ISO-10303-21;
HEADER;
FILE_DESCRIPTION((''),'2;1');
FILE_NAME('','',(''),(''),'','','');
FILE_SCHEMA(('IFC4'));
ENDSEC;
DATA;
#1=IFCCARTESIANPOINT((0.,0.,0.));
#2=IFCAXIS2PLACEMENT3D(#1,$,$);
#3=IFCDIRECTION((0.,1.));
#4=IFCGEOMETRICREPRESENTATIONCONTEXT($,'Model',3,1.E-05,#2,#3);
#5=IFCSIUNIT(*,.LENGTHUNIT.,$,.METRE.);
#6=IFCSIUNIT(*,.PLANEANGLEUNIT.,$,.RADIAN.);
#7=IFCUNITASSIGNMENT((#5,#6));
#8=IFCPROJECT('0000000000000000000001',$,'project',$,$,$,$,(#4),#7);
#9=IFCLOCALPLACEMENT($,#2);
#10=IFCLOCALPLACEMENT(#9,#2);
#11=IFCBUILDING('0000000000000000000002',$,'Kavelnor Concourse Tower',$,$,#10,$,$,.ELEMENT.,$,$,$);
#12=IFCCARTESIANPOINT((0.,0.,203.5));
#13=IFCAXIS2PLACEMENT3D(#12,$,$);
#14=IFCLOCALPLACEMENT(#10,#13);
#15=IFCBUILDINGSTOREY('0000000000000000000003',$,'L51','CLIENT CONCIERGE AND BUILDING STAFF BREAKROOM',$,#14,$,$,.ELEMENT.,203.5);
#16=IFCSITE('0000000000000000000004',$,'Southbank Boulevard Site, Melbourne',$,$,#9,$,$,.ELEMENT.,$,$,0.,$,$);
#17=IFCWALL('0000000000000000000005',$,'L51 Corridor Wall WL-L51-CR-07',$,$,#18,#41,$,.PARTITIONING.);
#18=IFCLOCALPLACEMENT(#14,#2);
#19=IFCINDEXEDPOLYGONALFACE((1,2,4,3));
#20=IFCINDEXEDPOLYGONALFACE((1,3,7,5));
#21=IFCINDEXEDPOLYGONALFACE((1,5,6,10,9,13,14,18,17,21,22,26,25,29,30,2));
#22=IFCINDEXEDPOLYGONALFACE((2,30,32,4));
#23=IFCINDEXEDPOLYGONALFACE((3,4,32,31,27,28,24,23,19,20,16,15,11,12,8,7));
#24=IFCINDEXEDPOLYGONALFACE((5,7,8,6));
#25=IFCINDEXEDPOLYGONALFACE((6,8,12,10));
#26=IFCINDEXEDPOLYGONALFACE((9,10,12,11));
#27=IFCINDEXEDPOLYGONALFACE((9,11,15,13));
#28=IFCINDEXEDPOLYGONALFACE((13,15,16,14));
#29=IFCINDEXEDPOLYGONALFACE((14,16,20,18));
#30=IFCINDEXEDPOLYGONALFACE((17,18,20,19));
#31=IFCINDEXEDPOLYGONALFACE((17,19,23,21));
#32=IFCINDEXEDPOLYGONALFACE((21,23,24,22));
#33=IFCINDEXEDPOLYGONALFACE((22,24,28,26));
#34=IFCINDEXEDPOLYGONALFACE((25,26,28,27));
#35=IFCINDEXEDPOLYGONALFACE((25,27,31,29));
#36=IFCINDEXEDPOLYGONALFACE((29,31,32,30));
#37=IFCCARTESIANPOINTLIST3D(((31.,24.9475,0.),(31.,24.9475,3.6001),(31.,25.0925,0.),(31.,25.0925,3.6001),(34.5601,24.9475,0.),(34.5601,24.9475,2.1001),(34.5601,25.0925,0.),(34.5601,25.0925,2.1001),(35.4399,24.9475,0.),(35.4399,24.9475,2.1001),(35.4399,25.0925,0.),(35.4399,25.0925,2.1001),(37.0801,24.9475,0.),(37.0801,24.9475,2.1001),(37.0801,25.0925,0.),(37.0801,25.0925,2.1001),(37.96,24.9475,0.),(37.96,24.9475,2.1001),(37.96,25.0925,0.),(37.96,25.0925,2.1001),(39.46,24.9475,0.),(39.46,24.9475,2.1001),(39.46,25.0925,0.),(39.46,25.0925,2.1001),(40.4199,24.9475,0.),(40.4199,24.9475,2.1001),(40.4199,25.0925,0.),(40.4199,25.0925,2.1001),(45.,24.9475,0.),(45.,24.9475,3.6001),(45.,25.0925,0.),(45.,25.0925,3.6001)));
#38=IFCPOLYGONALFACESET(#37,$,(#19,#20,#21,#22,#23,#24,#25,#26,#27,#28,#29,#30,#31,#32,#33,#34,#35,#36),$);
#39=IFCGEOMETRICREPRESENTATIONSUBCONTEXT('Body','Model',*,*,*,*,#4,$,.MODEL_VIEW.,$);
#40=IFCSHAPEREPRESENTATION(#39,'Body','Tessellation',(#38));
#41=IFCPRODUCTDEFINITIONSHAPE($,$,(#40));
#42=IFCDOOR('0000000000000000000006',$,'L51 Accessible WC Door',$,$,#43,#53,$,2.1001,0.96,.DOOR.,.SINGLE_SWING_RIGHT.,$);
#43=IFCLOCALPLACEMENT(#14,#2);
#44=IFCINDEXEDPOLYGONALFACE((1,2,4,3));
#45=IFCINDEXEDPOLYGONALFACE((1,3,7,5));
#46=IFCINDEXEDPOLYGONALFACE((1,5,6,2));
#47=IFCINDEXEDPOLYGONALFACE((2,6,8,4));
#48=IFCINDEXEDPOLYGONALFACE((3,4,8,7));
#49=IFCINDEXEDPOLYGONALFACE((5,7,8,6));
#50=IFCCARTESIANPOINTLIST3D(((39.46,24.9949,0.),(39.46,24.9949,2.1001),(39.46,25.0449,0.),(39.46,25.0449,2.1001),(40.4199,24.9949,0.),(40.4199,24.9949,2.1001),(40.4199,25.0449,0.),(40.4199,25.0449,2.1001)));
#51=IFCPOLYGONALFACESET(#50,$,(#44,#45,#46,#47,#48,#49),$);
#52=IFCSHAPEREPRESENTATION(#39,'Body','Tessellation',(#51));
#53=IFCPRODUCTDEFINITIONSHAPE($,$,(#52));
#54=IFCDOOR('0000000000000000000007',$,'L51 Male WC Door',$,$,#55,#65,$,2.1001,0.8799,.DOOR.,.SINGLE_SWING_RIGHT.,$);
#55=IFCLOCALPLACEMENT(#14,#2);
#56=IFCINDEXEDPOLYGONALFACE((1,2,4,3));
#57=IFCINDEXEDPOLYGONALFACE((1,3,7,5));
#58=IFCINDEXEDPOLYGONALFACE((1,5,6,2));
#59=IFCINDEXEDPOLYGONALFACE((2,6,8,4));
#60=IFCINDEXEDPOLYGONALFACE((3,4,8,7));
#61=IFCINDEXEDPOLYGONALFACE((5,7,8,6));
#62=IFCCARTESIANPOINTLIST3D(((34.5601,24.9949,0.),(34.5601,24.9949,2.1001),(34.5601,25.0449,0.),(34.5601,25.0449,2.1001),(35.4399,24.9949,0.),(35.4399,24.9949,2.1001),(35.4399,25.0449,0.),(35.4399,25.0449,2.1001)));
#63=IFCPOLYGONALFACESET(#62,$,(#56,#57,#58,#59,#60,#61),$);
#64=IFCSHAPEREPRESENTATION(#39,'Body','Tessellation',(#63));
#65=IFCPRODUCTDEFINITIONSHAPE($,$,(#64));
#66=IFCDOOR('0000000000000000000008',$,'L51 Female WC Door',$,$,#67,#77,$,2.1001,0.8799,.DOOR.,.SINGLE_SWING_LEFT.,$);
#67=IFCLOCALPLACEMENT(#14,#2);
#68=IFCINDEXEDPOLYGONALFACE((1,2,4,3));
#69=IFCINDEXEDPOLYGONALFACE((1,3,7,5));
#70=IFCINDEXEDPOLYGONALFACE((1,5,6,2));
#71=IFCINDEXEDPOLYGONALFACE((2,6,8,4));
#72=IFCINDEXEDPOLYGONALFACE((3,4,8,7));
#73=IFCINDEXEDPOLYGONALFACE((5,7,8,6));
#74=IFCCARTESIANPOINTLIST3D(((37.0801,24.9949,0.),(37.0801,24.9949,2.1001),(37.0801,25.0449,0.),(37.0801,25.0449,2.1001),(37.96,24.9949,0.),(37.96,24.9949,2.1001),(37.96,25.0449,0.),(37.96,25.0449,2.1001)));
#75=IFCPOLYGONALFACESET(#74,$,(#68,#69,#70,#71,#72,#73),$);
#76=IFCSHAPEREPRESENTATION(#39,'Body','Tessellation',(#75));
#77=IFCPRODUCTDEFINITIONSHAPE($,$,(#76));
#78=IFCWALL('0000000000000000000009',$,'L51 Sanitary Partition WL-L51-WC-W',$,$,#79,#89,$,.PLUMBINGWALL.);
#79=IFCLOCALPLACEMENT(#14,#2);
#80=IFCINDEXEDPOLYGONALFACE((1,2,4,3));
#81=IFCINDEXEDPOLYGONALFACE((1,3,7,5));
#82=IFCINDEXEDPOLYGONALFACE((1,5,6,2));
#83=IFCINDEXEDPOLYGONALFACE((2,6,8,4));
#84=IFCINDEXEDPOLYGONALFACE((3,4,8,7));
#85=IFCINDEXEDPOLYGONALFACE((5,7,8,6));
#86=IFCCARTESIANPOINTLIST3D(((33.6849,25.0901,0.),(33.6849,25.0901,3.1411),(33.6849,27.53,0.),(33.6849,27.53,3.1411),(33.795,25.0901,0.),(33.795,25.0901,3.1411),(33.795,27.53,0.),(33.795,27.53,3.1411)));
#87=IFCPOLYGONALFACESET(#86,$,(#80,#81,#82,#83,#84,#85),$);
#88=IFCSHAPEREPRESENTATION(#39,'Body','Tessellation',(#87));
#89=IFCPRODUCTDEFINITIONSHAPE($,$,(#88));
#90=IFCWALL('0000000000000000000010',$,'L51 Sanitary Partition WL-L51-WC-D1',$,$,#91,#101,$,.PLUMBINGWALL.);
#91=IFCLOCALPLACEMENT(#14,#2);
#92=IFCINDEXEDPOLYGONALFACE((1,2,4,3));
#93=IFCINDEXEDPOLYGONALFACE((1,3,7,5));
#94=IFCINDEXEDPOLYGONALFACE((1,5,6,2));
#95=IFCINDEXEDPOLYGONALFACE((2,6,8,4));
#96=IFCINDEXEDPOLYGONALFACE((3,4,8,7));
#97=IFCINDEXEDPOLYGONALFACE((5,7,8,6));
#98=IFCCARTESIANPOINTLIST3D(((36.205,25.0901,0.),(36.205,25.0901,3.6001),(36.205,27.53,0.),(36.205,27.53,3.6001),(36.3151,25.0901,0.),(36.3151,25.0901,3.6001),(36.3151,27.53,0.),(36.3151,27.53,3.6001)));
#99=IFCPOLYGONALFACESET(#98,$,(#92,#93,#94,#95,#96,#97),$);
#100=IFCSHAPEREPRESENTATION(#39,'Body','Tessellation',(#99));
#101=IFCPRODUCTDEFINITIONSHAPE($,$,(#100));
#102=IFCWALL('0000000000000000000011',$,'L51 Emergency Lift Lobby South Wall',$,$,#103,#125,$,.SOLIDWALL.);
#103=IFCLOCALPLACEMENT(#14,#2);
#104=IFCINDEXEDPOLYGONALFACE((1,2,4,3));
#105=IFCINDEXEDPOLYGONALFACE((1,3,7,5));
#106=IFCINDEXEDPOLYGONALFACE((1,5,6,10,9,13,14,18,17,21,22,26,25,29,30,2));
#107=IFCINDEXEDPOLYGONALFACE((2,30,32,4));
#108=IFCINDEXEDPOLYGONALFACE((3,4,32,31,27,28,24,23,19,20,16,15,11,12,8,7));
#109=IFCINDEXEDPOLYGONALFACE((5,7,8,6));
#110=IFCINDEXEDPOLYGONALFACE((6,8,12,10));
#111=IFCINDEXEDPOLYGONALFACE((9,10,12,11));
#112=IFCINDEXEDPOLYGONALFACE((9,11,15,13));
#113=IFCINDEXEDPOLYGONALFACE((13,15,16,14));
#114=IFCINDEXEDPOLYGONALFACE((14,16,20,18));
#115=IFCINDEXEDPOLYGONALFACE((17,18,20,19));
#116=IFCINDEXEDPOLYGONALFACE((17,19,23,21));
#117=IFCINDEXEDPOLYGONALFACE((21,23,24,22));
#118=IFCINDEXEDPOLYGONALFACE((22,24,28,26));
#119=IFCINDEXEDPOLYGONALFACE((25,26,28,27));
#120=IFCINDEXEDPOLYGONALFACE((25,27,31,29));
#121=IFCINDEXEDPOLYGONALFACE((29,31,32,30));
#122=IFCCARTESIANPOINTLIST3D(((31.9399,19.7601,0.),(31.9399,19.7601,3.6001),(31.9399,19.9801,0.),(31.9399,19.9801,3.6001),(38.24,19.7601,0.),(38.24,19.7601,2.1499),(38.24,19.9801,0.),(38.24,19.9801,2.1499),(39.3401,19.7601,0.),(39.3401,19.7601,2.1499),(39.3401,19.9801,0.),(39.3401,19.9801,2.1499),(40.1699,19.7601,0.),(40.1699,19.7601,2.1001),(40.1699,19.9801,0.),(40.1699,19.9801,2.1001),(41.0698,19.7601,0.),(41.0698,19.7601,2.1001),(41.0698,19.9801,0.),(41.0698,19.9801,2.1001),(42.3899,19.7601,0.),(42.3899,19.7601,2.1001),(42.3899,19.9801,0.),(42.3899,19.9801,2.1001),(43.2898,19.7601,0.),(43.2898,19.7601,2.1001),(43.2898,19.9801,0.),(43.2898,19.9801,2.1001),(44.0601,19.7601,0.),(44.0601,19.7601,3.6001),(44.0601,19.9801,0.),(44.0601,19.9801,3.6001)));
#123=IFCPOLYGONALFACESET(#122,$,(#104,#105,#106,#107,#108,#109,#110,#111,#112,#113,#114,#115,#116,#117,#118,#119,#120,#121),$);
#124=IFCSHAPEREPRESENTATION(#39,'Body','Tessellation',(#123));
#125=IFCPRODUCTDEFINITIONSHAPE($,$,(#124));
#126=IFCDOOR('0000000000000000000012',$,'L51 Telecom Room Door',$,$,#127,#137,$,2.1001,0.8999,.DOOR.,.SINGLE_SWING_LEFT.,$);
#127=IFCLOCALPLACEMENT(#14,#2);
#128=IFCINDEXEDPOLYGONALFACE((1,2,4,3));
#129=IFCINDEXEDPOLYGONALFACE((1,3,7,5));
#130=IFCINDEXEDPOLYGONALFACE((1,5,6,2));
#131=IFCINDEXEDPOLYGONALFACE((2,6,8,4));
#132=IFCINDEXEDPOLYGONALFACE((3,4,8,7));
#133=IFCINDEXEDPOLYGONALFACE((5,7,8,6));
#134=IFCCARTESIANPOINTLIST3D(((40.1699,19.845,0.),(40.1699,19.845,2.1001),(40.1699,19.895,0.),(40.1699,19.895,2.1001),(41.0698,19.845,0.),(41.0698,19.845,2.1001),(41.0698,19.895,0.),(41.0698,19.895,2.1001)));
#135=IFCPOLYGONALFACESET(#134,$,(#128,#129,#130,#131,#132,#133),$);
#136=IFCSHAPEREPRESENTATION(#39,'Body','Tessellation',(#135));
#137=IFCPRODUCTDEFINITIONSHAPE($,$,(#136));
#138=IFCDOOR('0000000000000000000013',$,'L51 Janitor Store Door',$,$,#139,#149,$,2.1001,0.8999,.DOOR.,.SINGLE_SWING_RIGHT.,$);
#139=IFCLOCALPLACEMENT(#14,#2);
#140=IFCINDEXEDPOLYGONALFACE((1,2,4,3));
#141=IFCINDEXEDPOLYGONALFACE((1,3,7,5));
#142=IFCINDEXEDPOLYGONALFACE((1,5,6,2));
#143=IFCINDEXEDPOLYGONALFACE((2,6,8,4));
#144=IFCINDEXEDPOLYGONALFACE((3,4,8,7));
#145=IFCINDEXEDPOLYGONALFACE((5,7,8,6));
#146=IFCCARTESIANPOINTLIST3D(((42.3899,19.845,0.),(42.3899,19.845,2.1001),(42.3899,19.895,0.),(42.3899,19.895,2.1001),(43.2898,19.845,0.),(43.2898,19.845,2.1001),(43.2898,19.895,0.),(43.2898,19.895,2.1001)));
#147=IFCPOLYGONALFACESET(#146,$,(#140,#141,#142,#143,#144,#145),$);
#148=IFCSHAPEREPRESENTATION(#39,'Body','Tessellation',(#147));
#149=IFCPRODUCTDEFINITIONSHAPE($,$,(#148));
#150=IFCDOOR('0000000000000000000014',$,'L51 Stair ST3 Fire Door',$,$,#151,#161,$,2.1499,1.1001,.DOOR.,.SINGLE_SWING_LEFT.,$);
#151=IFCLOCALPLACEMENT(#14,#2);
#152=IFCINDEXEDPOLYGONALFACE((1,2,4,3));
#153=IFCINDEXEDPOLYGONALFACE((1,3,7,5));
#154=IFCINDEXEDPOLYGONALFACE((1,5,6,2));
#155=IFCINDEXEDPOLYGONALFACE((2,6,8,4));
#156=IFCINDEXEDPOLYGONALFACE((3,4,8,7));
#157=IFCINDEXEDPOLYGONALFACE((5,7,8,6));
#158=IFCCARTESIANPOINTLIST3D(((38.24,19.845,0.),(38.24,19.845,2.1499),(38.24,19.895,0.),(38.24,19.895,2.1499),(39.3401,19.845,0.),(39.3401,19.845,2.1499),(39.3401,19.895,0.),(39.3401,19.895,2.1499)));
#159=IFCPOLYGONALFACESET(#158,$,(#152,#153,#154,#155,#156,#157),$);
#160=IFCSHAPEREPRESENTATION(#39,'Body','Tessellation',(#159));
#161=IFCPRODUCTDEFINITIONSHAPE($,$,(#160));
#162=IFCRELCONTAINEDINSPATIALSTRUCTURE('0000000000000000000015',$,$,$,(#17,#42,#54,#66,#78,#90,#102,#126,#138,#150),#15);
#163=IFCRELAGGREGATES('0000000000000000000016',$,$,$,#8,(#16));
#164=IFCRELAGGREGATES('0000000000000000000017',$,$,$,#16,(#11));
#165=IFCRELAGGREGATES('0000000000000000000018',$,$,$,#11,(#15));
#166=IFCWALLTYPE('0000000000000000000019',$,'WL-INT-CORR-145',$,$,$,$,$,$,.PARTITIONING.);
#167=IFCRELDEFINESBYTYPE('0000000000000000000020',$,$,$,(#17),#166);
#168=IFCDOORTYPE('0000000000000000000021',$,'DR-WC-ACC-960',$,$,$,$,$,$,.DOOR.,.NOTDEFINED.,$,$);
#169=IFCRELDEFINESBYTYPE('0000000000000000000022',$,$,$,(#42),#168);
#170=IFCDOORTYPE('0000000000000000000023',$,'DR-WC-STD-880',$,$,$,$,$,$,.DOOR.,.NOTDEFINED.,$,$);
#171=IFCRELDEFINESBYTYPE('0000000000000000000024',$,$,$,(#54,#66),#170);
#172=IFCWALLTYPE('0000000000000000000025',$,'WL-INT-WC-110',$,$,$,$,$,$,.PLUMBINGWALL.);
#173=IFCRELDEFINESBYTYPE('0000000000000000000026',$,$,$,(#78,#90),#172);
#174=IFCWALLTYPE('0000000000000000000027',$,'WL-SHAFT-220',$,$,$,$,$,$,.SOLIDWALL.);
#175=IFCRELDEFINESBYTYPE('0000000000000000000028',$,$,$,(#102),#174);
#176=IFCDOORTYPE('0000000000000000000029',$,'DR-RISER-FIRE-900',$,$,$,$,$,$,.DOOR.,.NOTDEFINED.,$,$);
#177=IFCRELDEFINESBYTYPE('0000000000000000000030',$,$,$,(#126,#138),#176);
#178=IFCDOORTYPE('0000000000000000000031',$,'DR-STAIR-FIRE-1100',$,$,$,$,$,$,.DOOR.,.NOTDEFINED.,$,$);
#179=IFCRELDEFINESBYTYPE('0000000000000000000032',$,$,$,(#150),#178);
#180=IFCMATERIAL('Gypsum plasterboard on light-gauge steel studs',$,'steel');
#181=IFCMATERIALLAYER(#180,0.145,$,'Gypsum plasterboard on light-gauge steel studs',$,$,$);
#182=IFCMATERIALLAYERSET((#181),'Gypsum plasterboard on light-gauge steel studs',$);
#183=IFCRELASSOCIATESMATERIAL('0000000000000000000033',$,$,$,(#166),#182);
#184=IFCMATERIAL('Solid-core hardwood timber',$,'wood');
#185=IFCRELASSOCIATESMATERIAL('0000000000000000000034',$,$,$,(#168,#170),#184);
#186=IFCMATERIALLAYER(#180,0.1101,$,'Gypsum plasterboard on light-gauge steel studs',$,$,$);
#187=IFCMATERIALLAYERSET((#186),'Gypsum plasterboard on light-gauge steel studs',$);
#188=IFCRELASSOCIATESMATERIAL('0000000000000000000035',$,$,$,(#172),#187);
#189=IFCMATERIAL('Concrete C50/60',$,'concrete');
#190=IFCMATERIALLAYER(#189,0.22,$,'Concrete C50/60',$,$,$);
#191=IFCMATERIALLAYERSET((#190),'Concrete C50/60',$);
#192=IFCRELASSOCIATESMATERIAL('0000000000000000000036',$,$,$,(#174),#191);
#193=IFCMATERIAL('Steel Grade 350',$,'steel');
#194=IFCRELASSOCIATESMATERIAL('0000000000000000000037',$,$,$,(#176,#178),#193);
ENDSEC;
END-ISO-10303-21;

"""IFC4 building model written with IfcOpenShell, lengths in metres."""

from ifc_helpers import new_model, si_unit, direction, frame, frame_2d, origin, place, context, subcontext, project, spatial, rectangle, extrude, material, layer, layer_set, type_object, element, fill, save


model = new_model("IFC4")

# Units and contexts
model_context = context("Model", 3, precision=1e-05, world=origin(), true_north=direction((0.0, 1.0)))
body_context = subcontext(model_context, "Body", "Model", "MODEL_VIEW")
ifc_project = project(units=[si_unit("LENGTHUNIT", "METRE"), si_unit("PLANEANGLEUNIT", "RADIAN")], contexts=[model_context])

# Site, building, storey
site_placement = place(None, origin())
site = spatial("IfcSite", under=ifc_project, at=site_placement, Name="Southbank Boulevard Site, Melbourne", CompositionType="ELEMENT", RefElevation=0.0)
building_placement = place(site_placement, origin())
building = spatial("IfcBuilding", under=site, at=building_placement, Name="Kavelnor Concourse Tower", CompositionType="ELEMENT")
storey_placement = place(building_placement, frame((0.0, 0.0, 203.5)))
storey = spatial("IfcBuildingStorey", under=building, at=storey_placement, Name="L51", Description="CLIENT CONCIERGE AND BUILDING STAFF BREAKROOM", CompositionType="ELEMENT", Elevation=203.5)

# Shared definitions
ifc_material_1 = material(Name="Steel Grade 350", Category="steel")

# Shared definitions
ifc_material_2 = material(Name="Gypsum plasterboard on light-gauge steel studs", Category="steel")
ifc_layer_1 = layer(ifc_material_2, 0.145, Name="Gypsum plasterboard on light-gauge steel studs")
ifc_layer_set_1 = layer_set([ifc_layer_1], Name="Gypsum plasterboard on light-gauge steel studs")
wall_type_1 = type_object("IfcWallType", Name="WL-INT-CORR-145", PredefinedType="PARTITIONING", material=ifc_layer_set_1)

# Wall, openings, doors
wall_1_placement = place(storey_placement, frame((31.0, 25.02, 0.0), z_axis=(0.0, 0.0, 1.0), x_axis=(1.0, 0.0, 0.0)))
wall_1 = element("IfcWall", 1, at=wall_1_placement, inside=storey, type_object=wall_type_1, Name="L51 Corridor Wall WL-L51-CR-07", PredefinedType="PARTITIONING", context=body_context, shape_type="SweptSolid", body=[
    extrude(rectangle(XDim=14.0, YDim=0.145, at=frame_2d((7.0, 0.0))), origin(), (0.0, 0.0, 1.0), 3.6001),
])
opening_1_placement = place(wall_1_placement, frame((3.5601, 0.0, 0.0)))
opening_1 = element("IfcOpeningElement", 2, at=opening_1_placement, cuts=wall_1, PredefinedType="OPENING", context=body_context, shape_type="SweptSolid", body=[
    extrude(rectangle(XDim=0.8799, YDim=2.1001, at=frame_2d((0.4399, 1.05))), frame((0.0, 0.0825, 0.0), z_axis=(0.0, -1.0, 0.0), x_axis=(1.0, 0.0, 0.0)), (0.0, 0.0, 1.0), 0.165),
])
opening_2_placement = place(wall_1_placement, frame((6.0801, 0.0, 0.0)))
opening_2 = element("IfcOpeningElement", 3, at=opening_2_placement, cuts=wall_1, PredefinedType="OPENING", context=body_context, shape_type="SweptSolid", body=[
    extrude(rectangle(XDim=0.8799, YDim=2.1001, at=frame_2d((0.4399, 1.05))), frame((0.0, 0.0825, 0.0), z_axis=(0.0, -1.0, 0.0), x_axis=(1.0, 0.0, 0.0)), (0.0, 0.0, 1.0), 0.165),
])
opening_3_placement = place(wall_1_placement, frame((8.46, 0.0, 0.0)))
opening_3 = element("IfcOpeningElement", 4, at=opening_3_placement, cuts=wall_1, PredefinedType="OPENING", context=body_context, shape_type="SweptSolid", body=[
    extrude(rectangle(XDim=0.96, YDim=2.1001, at=frame_2d((0.48, 1.05))), frame((0.0, 0.0825, 0.0), z_axis=(0.0, -1.0, 0.0), x_axis=(1.0, 0.0, 0.0)), (0.0, 0.0, 1.0), 0.165),
])
ifc_material_3 = material(Name="Solid-core hardwood timber", Category="wood")
door_type_1 = type_object("IfcDoorType", Name="DR-WC-ACC-960", OperationType="NOTDEFINED", PredefinedType="DOOR", material=ifc_material_3)
door_1_placement = place(opening_3_placement, origin())
door_1 = element("IfcDoor", 5, at=door_1_placement, inside=storey, type_object=door_type_1, Name="L51 Accessible WC Door", OperationType="SINGLE_SWING_RIGHT", OverallHeight=2.1001, OverallWidth=0.96, PredefinedType="DOOR", context=body_context, shape_type="SweptSolid", body=[
    extrude(rectangle(XDim=0.96, YDim=2.1001, at=frame_2d((0.48, 1.05))), frame((0.0, 0.0249, 0.0), z_axis=(0.0, -1.0, 0.0), x_axis=(1.0, 0.0, 0.0)), (0.0, 0.0, 1.0), 0.05),
])
fill(opening_3, door_1)
door_type_2 = type_object("IfcDoorType", Name="DR-WC-STD-880", OperationType="NOTDEFINED", PredefinedType="DOOR", material=ifc_material_3)
door_2_placement = place(opening_1_placement, origin())
door_2 = element("IfcDoor", 6, at=door_2_placement, inside=storey, type_object=door_type_2, Name="L51 Male WC Door", OperationType="SINGLE_SWING_RIGHT", OverallHeight=2.1001, OverallWidth=0.8799, PredefinedType="DOOR", context=body_context, shape_type="SweptSolid", body=[
    extrude(rectangle(XDim=0.8799, YDim=2.1001, at=frame_2d((0.4399, 1.05))), frame((0.0, 0.0249, 0.0), z_axis=(0.0, -1.0, 0.0), x_axis=(1.0, 0.0, 0.0)), (0.0, 0.0, 1.0), 0.05),
])
fill(opening_1, door_2)
door_3_placement = place(opening_2_placement, origin())
door_3 = element("IfcDoor", 7, at=door_3_placement, inside=storey, type_object=door_type_2, Name="L51 Female WC Door", OperationType="SINGLE_SWING_LEFT", OverallHeight=2.1001, OverallWidth=0.8799, PredefinedType="DOOR", context=body_context, shape_type="SweptSolid", body=[
    extrude(rectangle(XDim=0.8799, YDim=2.1001, at=frame_2d((0.4399, 1.05))), frame((0.0, 0.0249, 0.0), z_axis=(0.0, -1.0, 0.0), x_axis=(1.0, 0.0, 0.0)), (0.0, 0.0, 1.0), 0.05),
])
fill(opening_2, door_3)

# Walls
ifc_layer_2 = layer(ifc_material_2, 0.1101, Name="Gypsum plasterboard on light-gauge steel studs")
ifc_layer_set_2 = layer_set([ifc_layer_2], Name="Gypsum plasterboard on light-gauge steel studs")
wall_type_2 = type_object("IfcWallType", Name="WL-INT-WC-110", PredefinedType="PLUMBINGWALL", material=ifc_layer_set_2)
wall_2_placement = place(storey_placement, frame((33.74, 25.0901, 0.0), z_axis=(0.0, 0.0, 1.0), x_axis=(0.0, 1.0, 0.0)))
element("IfcWall", 8, at=wall_2_placement, inside=storey, type_object=wall_type_2, Name="L51 Sanitary Partition WL-L51-WC-W", PredefinedType="PLUMBINGWALL", context=body_context, shape_type="SweptSolid", body=[
    extrude(rectangle(XDim=2.4399, YDim=0.1101, at=frame_2d((1.22, 0.0))), origin(), (0.0, 0.0, 1.0), 3.1411),
])
wall_3_placement = place(storey_placement, frame((36.26, 25.0901, 0.0), z_axis=(0.0, 0.0, 1.0), x_axis=(0.0, 1.0, 0.0)))
element("IfcWall", 9, at=wall_3_placement, inside=storey, type_object=wall_type_2, Name="L51 Sanitary Partition WL-L51-WC-D1", PredefinedType="PLUMBINGWALL", context=body_context, shape_type="SweptSolid", body=[
    extrude(rectangle(XDim=2.4399, YDim=0.1101, at=frame_2d((1.22, 0.0))), origin(), (0.0, 0.0, 1.0), 3.6001),
])

# Wall, openings, doors
ifc_material_4 = material(Name="Concrete C50/60", Category="concrete")
ifc_layer_3 = layer(ifc_material_4, 0.22, Name="Concrete C50/60")
ifc_layer_set_3 = layer_set([ifc_layer_3], Name="Concrete C50/60")
wall_type_3 = type_object("IfcWallType", Name="WL-SHAFT-220", PredefinedType="SOLIDWALL", material=ifc_layer_set_3)
wall_4_placement = place(storey_placement, frame((31.9399, 19.8701, 0.0), z_axis=(0.0, 0.0, 1.0), x_axis=(1.0, 0.0, 0.0)))
wall_4 = element("IfcWall", 10, at=wall_4_placement, inside=storey, type_object=wall_type_3, Name="L51 Emergency Lift Lobby South Wall", PredefinedType="SOLIDWALL", context=body_context, shape_type="SweptSolid", body=[
    extrude(rectangle(XDim=12.1201, YDim=0.22, at=frame_2d((6.0601, 0.0))), origin(), (0.0, 0.0, 1.0), 3.6001),
])
opening_4_placement = place(wall_4_placement, frame((6.3, 0.0, 0.0)))
opening_4 = element("IfcOpeningElement", 11, at=opening_4_placement, cuts=wall_4, PredefinedType="OPENING", context=body_context, shape_type="SweptSolid", body=[
    extrude(rectangle(XDim=1.1001, YDim=2.1499, at=frame_2d((0.55, 1.075))), frame((0.0, 0.1201, 0.0), z_axis=(0.0, -1.0, 0.0), x_axis=(1.0, 0.0, 0.0)), (0.0, 0.0, 1.0), 0.24),
])
opening_5_placement = place(wall_4_placement, frame((8.23, 0.0, 0.0)))
opening_5 = element("IfcOpeningElement", 12, at=opening_5_placement, cuts=wall_4, PredefinedType="OPENING", context=body_context, shape_type="SweptSolid", body=[
    extrude(rectangle(XDim=0.8999, YDim=2.1001, at=frame_2d((0.45, 1.05))), frame((0.0, 0.1201, 0.0), z_axis=(0.0, -1.0, 0.0), x_axis=(1.0, 0.0, 0.0)), (0.0, 0.0, 1.0), 0.24),
])
opening_6_placement = place(wall_4_placement, frame((10.45, 0.0, 0.0)))
opening_6 = element("IfcOpeningElement", 13, at=opening_6_placement, cuts=wall_4, PredefinedType="OPENING", context=body_context, shape_type="SweptSolid", body=[
    extrude(rectangle(XDim=0.8999, YDim=2.1001, at=frame_2d((0.45, 1.05))), frame((0.0, 0.1201, 0.0), z_axis=(0.0, -1.0, 0.0), x_axis=(1.0, 0.0, 0.0)), (0.0, 0.0, 1.0), 0.24),
])
door_type_3 = type_object("IfcDoorType", Name="DR-RISER-FIRE-900", OperationType="NOTDEFINED", PredefinedType="DOOR", material=ifc_material_1)
door_4_placement = place(opening_5_placement, origin())
door_4 = element("IfcDoor", 14, at=door_4_placement, inside=storey, type_object=door_type_3, Name="L51 Telecom Room Door", OperationType="SINGLE_SWING_LEFT", OverallHeight=2.1001, OverallWidth=0.8999, PredefinedType="DOOR", context=body_context, shape_type="SweptSolid", body=[
    extrude(rectangle(XDim=0.8999, YDim=2.1001, at=frame_2d((0.45, 1.05))), frame((0.0, 0.0249, 0.0), z_axis=(0.0, -1.0, 0.0), x_axis=(1.0, 0.0, 0.0)), (0.0, 0.0, 1.0), 0.05),
])
fill(opening_5, door_4)
door_5_placement = place(opening_6_placement, origin())
door_5 = element("IfcDoor", 15, at=door_5_placement, inside=storey, type_object=door_type_3, Name="L51 Janitor Store Door", OperationType="SINGLE_SWING_RIGHT", OverallHeight=2.1001, OverallWidth=0.8999, PredefinedType="DOOR", context=body_context, shape_type="SweptSolid", body=[
    extrude(rectangle(XDim=0.8999, YDim=2.1001, at=frame_2d((0.45, 1.05))), frame((0.0, 0.0249, 0.0), z_axis=(0.0, -1.0, 0.0), x_axis=(1.0, 0.0, 0.0)), (0.0, 0.0, 1.0), 0.05),
])
fill(opening_6, door_5)
door_type_4 = type_object("IfcDoorType", Name="DR-STAIR-FIRE-1100", OperationType="NOTDEFINED", PredefinedType="DOOR", material=ifc_material_1)
door_6_placement = place(opening_4_placement, origin())
door_6 = element("IfcDoor", 16, at=door_6_placement, inside=storey, type_object=door_type_4, Name="L51 Stair ST3 Fire Door", OperationType="SINGLE_SWING_LEFT", OverallHeight=2.1499, OverallWidth=1.1001, PredefinedType="DOOR", context=body_context, shape_type="SweptSolid", body=[
    extrude(rectangle(XDim=1.1001, YDim=2.1499, at=frame_2d((0.55, 1.075))), frame((0.0, 0.0249, 0.0), z_axis=(0.0, -1.0, 0.0), x_axis=(1.0, 0.0, 0.0)), (0.0, 0.0, 1.0), 0.05),
])
fill(opening_4, door_6)

save(model, "model.ifc")
